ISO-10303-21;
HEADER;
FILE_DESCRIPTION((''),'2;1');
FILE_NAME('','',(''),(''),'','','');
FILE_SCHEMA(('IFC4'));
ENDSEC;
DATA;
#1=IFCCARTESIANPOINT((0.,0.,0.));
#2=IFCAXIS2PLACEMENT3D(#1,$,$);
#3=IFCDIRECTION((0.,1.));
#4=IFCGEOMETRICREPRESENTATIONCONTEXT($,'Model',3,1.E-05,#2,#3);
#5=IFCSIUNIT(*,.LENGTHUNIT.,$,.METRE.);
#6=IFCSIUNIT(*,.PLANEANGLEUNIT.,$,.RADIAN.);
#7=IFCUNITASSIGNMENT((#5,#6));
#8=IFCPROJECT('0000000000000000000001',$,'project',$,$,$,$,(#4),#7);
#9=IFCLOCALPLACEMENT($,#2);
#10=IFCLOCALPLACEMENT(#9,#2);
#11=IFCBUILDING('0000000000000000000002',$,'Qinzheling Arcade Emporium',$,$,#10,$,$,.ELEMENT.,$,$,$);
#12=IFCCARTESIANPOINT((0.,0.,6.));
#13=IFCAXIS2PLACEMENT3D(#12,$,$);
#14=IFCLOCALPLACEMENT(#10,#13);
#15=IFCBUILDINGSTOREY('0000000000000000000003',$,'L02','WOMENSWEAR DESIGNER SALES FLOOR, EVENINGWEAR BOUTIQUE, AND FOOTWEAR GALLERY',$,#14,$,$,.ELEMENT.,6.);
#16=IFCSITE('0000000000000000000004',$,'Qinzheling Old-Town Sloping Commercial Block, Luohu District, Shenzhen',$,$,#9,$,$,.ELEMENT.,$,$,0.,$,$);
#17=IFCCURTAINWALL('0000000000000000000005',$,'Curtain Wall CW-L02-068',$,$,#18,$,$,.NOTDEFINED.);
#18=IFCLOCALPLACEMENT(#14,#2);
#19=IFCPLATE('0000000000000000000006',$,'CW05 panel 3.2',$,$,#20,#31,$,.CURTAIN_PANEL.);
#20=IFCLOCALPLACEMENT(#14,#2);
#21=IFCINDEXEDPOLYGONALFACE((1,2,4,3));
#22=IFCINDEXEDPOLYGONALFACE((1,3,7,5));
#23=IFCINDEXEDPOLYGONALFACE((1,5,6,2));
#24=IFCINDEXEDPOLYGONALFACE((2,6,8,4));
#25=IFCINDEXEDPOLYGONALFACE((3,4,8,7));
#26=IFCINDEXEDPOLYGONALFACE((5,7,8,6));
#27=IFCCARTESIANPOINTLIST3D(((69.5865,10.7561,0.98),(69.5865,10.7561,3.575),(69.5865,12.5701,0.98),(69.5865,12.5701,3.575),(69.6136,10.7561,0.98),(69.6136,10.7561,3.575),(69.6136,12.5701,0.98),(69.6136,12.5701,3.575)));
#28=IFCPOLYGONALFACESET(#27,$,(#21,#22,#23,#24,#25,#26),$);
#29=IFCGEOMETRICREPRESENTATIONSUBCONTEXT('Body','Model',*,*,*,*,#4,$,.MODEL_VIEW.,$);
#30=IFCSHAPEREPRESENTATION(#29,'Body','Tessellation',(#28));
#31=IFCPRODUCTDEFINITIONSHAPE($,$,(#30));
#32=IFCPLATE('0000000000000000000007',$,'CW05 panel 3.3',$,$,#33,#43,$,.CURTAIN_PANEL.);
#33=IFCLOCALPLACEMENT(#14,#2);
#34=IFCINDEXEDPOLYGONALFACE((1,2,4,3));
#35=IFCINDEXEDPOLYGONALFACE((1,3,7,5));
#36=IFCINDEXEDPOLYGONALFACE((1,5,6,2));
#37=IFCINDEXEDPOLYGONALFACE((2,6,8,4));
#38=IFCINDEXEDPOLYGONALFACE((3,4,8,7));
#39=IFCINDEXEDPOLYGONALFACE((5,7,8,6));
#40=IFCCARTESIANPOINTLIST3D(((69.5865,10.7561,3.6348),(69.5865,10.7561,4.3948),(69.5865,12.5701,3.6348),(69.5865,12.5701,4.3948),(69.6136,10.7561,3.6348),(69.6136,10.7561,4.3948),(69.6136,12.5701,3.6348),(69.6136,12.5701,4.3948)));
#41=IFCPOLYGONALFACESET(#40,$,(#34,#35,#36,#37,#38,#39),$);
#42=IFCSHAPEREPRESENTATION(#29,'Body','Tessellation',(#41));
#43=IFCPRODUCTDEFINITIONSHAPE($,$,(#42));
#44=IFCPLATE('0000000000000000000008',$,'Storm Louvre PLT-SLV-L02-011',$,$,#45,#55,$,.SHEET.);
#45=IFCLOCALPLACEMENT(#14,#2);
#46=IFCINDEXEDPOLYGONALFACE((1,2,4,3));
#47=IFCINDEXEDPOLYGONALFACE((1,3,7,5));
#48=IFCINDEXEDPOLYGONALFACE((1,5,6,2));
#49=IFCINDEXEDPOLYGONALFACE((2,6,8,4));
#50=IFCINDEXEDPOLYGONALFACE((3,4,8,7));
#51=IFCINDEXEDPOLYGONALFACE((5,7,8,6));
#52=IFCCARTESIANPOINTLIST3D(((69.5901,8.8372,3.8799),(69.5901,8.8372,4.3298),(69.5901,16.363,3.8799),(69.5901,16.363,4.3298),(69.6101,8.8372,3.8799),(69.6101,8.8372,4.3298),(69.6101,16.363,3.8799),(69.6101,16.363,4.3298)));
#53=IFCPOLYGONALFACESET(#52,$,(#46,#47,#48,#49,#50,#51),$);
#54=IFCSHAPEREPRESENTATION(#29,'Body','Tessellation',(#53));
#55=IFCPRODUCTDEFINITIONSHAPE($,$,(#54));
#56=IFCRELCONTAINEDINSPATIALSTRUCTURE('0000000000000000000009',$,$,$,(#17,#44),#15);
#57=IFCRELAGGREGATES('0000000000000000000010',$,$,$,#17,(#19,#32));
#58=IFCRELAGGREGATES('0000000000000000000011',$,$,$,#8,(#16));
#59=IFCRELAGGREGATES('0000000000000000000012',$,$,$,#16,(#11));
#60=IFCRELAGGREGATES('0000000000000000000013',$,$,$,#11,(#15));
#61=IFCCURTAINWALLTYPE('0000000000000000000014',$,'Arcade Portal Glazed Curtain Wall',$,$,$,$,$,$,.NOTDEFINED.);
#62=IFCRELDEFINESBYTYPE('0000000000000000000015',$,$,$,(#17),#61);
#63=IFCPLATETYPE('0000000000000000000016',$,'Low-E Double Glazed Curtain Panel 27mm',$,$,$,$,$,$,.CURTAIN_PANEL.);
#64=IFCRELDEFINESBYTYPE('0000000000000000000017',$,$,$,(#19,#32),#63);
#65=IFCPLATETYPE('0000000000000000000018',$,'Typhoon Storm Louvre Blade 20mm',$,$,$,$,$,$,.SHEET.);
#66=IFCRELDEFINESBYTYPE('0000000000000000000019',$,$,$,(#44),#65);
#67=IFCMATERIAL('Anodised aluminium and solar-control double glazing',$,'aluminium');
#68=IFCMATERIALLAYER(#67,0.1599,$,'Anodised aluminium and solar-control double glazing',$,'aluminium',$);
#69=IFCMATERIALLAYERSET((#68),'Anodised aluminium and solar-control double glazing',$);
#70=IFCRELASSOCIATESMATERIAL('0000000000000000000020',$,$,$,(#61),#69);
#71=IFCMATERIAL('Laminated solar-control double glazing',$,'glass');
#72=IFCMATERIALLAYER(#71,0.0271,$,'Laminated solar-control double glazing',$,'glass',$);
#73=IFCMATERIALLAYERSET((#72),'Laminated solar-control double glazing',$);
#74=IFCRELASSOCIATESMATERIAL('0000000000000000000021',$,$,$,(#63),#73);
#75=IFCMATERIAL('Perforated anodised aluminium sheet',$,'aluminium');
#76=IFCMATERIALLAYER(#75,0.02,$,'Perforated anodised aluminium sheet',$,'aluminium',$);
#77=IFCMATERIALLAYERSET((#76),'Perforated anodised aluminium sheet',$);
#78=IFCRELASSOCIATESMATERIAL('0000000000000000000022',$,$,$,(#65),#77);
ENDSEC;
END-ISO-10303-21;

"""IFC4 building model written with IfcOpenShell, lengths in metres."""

from ifc_helpers import new_model, si_unit, direction, frame, origin, origin_2d, place, context, subcontext, project, spatial, rectangle, extrude, material, layer, layer_set, type_object, element, aggregate, save


model = new_model("IFC4")

# Units and contexts
model_context = context("Model", 3, precision=1e-05, world=origin(), true_north=direction((0.0, 1.0)))
body_context = subcontext(model_context, "Body", "Model", "MODEL_VIEW")
ifc_project = project(units=[si_unit("LENGTHUNIT", "METRE"), si_unit("PLANEANGLEUNIT", "RADIAN")], contexts=[model_context])

# Site, building, storey
site_placement = place(None, origin())
site = spatial("IfcSite", under=ifc_project, at=site_placement, Name="Qinzheling Old-Town Sloping Commercial Block, Luohu District, Shenzhen", CompositionType="ELEMENT", RefElevation=0.0)
building_placement = place(site_placement, origin())
building = spatial("IfcBuilding", under=site, at=building_placement, Name="Qinzheling Arcade Emporium", CompositionType="ELEMENT")
storey_placement = place(building_placement, frame((0.0, 0.0, 6.0)))
storey = spatial("IfcBuildingStorey", under=building, at=storey_placement, Name="L02", Description="WOMENSWEAR DESIGNER SALES FLOOR, EVENINGWEAR BOUTIQUE, AND FOOTWEAR GALLERY", CompositionType="ELEMENT", Elevation=6.0)

# Curtain wall, plates
ifc_material_1 = material(Name="Anodised aluminium and solar-control double glazing", Category="aluminium")
ifc_layer_1 = layer(ifc_material_1, 0.1599, Name="Anodised aluminium and solar-control double glazing", Category="aluminium")
ifc_layer_set_1 = layer_set([ifc_layer_1], Name="Anodised aluminium and solar-control double glazing")
curtain_wall_type = type_object("IfcCurtainWallType", Name="Arcade Portal Glazed Curtain Wall", PredefinedType="NOTDEFINED", material=ifc_layer_set_1)
curtain_wall_placement = place(storey_placement, origin())
curtain_wall = element("IfcCurtainWall", 1, at=curtain_wall_placement, inside=storey, type_object=curtain_wall_type, Name="Curtain Wall CW-L02-068", PredefinedType="NOTDEFINED")
ifc_material_2 = material(Name="Laminated solar-control double glazing", Category="glass")
ifc_layer_2 = layer(ifc_material_2, 0.0271, Name="Laminated solar-control double glazing", Category="glass")
ifc_layer_set_2 = layer_set([ifc_layer_2], Name="Laminated solar-control double glazing")
plate_type_1 = type_object("IfcPlateType", Name="Low-E Double Glazed Curtain Panel 27mm", PredefinedType="CURTAIN_PANEL", material=ifc_layer_set_2)
plate_1_placement = place(storey_placement, frame((69.6001, 11.6631, 0.98), z_axis=(0.0, 0.0, 1.0), x_axis=(0.0, -1.0, 0.0)))
plate_1 = element("IfcPlate", 2, at=plate_1_placement, type_object=plate_type_1, Name="CW05 panel 3.2", PredefinedType="CURTAIN_PANEL", context=body_context, shape_type="SweptSolid", body=[
    extrude(rectangle(XDim=1.814, YDim=0.0271, at=origin_2d()), origin(), (0.0, 0.0, 1.0), 2.595),
])
plate_2_placement = place(storey_placement, frame((69.6001, 11.6631, 3.6348), z_axis=(0.0, 0.0, 1.0), x_axis=(0.0, -1.0, 0.0)))
plate_2 = element("IfcPlate", 3, at=plate_2_placement, type_object=plate_type_1, Name="CW05 panel 3.3", PredefinedType="CURTAIN_PANEL", context=body_context, shape_type="SweptSolid", body=[
    extrude(rectangle(XDim=1.814, YDim=0.0271, at=origin_2d()), origin(), (0.0, 0.0, 1.0), 0.76),
])
aggregate(curtain_wall, [plate_1, plate_2])

# Plate
ifc_material_3 = material(Name="Perforated anodised aluminium sheet", Category="aluminium")
ifc_layer_3 = layer(ifc_material_3, 0.02, Name="Perforated anodised aluminium sheet", Category="aluminium")
ifc_layer_set_3 = layer_set([ifc_layer_3], Name="Perforated anodised aluminium sheet")
plate_type_2 = type_object("IfcPlateType", Name="Typhoon Storm Louvre Blade 20mm", PredefinedType="SHEET", material=ifc_layer_set_3)
plate_3_placement = place(storey_placement, frame((69.6001, 12.6001, 3.8799), z_axis=(0.0, 0.0, 1.0), x_axis=(0.0, -1.0, 0.0)))
element("IfcPlate", 4, at=plate_3_placement, inside=storey, type_object=plate_type_2, Name="Storm Louvre PLT-SLV-L02-011", PredefinedType="SHEET", context=body_context, shape_type="SweptSolid", body=[
    extrude(rectangle(XDim=7.5259, YDim=0.02, at=origin_2d()), origin(), (0.0, 0.0, 1.0), 0.45),
])

save(model, "model.ifc")
